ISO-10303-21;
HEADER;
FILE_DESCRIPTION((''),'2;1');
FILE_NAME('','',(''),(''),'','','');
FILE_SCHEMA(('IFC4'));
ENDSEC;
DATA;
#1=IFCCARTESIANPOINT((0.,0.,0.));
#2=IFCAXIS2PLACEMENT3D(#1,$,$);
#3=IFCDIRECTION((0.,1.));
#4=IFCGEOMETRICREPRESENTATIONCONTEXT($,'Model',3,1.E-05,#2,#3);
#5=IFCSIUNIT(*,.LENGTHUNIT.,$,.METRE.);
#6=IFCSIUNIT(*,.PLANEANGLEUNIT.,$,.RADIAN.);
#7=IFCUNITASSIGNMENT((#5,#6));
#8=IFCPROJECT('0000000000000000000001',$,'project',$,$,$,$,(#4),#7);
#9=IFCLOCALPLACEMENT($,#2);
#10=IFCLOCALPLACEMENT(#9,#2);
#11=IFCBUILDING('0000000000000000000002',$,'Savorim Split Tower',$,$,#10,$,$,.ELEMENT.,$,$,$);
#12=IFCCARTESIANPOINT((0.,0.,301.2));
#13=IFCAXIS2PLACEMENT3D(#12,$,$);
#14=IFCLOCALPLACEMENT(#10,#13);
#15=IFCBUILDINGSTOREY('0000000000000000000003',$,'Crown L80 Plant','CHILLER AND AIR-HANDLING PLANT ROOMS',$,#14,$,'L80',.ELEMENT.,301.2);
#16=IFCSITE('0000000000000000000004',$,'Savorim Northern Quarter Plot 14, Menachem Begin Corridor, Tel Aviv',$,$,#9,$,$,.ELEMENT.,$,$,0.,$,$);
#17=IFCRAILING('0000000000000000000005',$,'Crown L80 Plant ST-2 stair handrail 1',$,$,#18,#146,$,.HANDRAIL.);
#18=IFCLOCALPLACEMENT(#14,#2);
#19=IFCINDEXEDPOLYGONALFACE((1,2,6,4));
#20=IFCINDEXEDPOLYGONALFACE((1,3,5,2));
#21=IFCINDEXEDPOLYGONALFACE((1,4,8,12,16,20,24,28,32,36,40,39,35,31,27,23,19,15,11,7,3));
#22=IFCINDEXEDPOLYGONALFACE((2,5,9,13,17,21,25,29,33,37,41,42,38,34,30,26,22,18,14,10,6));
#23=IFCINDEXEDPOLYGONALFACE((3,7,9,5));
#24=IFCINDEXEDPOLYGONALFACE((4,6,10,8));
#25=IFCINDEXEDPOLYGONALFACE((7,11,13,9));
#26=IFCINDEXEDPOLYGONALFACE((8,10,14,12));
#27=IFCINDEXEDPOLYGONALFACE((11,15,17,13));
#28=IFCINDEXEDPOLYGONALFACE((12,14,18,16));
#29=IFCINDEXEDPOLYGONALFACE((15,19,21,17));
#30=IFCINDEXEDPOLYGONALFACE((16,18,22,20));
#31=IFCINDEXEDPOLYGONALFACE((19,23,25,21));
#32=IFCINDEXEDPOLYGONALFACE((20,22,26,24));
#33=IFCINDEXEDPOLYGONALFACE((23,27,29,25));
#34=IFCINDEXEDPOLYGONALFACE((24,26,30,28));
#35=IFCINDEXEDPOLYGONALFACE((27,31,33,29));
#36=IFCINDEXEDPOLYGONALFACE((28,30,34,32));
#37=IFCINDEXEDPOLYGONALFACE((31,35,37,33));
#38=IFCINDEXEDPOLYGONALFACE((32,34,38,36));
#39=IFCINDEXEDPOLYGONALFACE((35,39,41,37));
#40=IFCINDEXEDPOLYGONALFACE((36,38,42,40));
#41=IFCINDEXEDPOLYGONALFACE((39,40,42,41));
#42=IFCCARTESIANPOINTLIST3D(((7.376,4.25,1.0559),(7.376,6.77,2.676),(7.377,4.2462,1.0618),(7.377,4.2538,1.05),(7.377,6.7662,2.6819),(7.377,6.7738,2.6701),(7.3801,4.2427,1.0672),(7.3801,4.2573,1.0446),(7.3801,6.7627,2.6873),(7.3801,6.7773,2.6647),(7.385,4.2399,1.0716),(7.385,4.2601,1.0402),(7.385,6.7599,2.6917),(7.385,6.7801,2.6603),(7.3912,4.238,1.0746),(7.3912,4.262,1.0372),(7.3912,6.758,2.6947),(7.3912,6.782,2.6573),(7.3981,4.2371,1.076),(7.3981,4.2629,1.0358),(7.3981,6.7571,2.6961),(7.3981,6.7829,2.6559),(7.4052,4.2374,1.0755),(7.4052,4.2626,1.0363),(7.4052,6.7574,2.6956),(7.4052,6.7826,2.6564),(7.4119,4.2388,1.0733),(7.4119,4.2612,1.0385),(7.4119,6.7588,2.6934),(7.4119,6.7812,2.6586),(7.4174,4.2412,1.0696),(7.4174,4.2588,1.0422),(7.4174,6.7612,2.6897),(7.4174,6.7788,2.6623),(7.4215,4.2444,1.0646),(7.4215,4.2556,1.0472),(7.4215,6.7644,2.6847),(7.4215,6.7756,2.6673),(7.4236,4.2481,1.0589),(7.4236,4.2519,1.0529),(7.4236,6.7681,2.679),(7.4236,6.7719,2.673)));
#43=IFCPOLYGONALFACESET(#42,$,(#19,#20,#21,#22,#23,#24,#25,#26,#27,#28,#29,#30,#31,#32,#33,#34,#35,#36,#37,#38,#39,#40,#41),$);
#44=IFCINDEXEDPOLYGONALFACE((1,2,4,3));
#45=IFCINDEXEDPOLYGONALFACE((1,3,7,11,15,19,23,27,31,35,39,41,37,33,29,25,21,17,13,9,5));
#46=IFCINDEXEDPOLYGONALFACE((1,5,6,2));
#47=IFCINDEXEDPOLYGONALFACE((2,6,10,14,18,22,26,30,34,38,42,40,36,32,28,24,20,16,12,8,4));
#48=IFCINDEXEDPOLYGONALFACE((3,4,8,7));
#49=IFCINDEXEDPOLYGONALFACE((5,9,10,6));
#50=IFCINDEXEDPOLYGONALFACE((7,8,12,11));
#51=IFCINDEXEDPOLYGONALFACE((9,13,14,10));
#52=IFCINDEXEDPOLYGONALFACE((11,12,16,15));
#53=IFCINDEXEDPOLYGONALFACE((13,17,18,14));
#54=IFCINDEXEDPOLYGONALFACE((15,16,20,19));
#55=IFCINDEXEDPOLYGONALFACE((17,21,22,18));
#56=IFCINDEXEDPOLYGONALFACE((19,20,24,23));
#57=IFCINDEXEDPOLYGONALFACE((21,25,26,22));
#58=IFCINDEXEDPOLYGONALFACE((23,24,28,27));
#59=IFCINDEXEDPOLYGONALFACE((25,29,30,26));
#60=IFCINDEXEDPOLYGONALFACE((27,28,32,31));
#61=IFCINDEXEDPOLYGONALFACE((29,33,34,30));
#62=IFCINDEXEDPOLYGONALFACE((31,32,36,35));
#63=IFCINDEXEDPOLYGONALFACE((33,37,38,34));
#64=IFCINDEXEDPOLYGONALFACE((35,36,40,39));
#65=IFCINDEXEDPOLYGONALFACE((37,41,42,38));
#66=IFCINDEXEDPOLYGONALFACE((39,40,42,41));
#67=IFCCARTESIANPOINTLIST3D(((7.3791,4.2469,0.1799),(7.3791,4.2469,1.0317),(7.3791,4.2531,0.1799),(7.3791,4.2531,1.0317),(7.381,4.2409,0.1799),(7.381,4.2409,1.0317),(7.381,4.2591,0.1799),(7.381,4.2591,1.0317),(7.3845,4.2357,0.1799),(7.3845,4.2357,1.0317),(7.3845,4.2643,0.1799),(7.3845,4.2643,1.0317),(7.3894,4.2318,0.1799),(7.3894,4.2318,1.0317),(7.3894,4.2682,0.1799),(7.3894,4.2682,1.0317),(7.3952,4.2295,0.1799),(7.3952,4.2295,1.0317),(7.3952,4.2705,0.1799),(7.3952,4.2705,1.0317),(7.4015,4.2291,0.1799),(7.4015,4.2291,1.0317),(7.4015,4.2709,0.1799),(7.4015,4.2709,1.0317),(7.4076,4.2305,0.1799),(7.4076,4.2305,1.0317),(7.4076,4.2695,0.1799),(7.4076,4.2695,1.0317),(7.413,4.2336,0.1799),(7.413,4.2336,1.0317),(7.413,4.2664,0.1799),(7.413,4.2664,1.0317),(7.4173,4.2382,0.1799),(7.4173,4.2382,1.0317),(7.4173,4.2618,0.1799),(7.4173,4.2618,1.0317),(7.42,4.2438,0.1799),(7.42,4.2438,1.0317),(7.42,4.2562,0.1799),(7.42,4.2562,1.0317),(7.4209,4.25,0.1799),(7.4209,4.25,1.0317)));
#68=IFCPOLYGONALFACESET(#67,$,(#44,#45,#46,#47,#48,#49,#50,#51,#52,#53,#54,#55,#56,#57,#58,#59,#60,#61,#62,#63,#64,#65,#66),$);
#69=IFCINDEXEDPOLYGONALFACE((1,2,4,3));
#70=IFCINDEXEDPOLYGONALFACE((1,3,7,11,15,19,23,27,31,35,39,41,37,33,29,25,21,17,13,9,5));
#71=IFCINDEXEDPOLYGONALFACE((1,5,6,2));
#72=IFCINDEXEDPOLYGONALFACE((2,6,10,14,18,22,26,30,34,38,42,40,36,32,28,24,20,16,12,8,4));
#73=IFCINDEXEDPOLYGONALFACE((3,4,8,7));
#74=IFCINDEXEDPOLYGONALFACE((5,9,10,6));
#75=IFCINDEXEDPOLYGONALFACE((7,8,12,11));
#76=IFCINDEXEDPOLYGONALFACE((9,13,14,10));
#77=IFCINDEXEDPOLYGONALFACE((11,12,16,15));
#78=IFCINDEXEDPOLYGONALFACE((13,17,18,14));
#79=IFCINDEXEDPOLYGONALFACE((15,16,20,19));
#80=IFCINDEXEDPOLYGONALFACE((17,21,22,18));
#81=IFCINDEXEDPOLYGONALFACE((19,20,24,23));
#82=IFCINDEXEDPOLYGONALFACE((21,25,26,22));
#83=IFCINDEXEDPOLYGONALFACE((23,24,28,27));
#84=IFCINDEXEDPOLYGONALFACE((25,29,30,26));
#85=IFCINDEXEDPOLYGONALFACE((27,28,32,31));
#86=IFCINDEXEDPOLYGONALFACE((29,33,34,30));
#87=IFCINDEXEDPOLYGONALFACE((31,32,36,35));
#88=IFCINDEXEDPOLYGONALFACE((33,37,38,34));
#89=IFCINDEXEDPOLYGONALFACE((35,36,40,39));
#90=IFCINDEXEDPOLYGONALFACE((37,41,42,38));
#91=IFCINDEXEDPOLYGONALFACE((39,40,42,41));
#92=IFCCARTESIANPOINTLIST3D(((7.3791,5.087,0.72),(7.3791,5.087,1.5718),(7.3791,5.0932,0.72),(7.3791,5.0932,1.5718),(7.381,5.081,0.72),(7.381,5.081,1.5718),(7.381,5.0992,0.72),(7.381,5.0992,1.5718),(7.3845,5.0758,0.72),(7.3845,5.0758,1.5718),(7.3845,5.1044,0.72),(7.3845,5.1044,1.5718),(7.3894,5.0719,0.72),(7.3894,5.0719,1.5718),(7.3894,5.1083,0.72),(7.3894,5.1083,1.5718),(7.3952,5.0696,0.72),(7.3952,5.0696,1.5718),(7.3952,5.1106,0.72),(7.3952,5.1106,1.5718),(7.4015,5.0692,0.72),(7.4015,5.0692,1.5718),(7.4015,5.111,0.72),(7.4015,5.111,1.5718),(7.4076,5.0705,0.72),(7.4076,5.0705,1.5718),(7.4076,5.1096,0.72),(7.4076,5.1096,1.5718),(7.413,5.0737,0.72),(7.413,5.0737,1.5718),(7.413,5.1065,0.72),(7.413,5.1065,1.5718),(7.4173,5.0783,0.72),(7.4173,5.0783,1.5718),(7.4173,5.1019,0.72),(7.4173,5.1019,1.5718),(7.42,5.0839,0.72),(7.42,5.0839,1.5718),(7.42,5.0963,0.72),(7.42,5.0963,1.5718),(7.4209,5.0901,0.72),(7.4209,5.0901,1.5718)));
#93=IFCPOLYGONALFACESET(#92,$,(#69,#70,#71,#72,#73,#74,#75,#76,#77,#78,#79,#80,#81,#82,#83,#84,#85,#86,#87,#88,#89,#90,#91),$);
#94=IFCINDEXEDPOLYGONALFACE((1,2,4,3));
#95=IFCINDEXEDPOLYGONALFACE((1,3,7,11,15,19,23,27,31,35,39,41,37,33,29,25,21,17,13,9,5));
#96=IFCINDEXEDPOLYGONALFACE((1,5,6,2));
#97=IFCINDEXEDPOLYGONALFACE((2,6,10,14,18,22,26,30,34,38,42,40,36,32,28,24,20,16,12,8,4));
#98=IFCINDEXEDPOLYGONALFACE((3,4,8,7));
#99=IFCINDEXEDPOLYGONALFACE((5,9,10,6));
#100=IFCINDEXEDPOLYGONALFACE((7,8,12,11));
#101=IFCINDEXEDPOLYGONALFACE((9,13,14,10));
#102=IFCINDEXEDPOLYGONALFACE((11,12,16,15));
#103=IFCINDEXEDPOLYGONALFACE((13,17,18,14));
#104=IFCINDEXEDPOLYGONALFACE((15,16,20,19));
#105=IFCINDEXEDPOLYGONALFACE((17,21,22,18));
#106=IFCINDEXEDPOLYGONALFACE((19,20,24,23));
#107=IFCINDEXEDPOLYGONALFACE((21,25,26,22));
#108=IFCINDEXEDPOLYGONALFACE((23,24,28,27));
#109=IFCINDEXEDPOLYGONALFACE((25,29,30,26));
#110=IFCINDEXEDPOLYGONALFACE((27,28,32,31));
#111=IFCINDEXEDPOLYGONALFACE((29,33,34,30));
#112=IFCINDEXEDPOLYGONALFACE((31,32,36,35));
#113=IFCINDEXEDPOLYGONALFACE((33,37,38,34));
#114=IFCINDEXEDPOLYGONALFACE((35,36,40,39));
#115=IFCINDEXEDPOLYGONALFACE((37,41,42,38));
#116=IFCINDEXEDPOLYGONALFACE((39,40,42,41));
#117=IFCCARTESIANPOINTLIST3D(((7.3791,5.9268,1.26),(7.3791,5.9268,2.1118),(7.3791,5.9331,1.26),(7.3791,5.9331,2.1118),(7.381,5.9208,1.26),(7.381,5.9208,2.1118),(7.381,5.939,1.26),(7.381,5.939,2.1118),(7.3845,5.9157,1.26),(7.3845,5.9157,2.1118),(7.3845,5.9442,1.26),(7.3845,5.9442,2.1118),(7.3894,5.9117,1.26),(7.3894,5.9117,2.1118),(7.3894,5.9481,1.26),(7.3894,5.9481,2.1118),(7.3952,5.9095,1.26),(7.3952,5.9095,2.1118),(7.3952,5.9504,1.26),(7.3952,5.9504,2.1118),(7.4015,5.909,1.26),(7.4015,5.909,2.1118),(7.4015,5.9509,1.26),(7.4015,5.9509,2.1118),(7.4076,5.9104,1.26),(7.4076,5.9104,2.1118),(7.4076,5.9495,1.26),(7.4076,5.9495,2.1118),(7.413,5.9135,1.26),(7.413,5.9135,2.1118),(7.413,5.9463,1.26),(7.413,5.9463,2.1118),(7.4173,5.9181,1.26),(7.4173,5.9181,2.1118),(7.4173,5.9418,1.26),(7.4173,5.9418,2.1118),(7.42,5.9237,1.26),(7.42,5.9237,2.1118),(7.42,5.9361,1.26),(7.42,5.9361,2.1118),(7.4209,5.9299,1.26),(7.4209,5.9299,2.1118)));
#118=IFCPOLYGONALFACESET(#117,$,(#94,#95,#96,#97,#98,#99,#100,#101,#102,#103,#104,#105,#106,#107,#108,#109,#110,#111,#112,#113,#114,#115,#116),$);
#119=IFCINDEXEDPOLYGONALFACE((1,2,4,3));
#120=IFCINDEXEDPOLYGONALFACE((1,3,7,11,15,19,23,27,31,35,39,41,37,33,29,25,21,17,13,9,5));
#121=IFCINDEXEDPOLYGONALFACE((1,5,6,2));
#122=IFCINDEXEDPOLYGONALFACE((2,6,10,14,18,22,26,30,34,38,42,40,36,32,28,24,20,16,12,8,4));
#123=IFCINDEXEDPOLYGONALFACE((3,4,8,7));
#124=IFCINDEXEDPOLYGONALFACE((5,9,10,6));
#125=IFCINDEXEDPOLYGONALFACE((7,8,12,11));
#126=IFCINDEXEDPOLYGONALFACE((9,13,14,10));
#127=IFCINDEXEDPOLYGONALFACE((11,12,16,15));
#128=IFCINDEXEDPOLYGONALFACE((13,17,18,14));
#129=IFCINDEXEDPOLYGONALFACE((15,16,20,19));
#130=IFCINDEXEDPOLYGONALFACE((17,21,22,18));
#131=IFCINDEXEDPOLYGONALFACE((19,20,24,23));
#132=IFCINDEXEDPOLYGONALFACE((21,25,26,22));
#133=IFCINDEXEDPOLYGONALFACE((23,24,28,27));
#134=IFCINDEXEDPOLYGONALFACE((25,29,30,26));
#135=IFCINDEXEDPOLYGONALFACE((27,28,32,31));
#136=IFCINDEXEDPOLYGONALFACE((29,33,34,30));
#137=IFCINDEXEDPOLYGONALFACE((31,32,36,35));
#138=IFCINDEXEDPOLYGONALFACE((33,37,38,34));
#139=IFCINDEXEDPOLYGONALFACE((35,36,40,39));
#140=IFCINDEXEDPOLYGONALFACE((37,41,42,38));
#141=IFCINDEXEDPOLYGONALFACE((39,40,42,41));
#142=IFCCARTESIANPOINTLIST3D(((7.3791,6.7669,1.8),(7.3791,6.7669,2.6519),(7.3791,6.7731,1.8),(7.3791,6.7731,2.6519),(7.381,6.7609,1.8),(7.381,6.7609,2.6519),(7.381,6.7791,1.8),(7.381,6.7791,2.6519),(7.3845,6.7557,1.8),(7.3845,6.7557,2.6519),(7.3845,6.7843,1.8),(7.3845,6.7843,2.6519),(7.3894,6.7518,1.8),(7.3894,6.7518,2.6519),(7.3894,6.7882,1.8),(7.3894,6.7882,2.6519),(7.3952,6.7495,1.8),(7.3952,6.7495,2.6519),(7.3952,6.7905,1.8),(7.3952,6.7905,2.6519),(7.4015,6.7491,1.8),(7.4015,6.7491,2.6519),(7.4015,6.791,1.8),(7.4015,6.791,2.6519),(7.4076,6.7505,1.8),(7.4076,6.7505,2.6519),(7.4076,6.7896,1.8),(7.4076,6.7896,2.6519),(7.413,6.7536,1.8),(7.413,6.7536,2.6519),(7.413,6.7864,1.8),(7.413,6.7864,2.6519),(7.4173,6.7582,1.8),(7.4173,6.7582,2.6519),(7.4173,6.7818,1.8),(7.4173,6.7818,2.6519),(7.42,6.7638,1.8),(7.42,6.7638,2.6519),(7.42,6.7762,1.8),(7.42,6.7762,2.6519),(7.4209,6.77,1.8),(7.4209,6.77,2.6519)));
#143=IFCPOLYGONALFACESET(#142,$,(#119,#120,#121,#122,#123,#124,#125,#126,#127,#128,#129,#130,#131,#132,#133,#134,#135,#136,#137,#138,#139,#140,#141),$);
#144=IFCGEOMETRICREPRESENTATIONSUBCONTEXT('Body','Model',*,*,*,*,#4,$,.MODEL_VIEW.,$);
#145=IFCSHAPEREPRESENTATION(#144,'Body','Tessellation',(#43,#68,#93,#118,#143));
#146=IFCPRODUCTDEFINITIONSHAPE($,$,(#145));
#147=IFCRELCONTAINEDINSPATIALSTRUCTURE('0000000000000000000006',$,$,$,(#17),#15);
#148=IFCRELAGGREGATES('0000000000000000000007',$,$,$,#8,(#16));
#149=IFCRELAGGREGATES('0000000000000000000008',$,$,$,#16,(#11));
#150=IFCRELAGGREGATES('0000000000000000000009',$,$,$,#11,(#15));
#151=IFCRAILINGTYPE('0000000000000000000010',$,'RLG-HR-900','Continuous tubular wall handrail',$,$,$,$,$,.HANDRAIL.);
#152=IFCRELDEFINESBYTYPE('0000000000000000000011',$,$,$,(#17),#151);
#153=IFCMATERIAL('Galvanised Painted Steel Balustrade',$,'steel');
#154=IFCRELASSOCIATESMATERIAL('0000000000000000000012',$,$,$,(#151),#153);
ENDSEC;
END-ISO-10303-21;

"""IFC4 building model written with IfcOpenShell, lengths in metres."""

from ifc_helpers import new_model, si_unit, direction, frame, origin, origin_2d, place, context, subcontext, project, spatial, circle, extrude, material, type_object, element, save


model = new_model("IFC4")

# Units and contexts
model_context = context("Model", 3, precision=1e-05, world=origin(), true_north=direction((0.0, 1.0)))
body_context = subcontext(model_context, "Body", "Model", "MODEL_VIEW")
ifc_project = project(units=[si_unit("LENGTHUNIT", "METRE"), si_unit("PLANEANGLEUNIT", "RADIAN")], contexts=[model_context])

# Site, building, storey
site_placement = place(None, origin())
site = spatial("IfcSite", under=ifc_project, at=site_placement, Name="Savorim Northern Quarter Plot 14, Menachem Begin Corridor, Tel Aviv", CompositionType="ELEMENT", RefElevation=0.0)
building_placement = place(site_placement, origin())
building = spatial("IfcBuilding", under=site, at=building_placement, Name="Savorim Split Tower", CompositionType="ELEMENT")
storey_placement = place(building_placement, frame((0.0, 0.0, 301.2)))
storey = spatial("IfcBuildingStorey", under=building, at=storey_placement, Name="Crown L80 Plant", Description="CHILLER AND AIR-HANDLING PLANT ROOMS", LongName="L80", CompositionType="ELEMENT", Elevation=301.2)

# Railing
ifc_material_1 = material(Name="Galvanised Painted Steel Balustrade", Category="steel")
railing_type_1 = type_object("IfcRailingType", Name="RLG-HR-900", Description="Continuous tubular wall handrail", PredefinedType="HANDRAIL", material=ifc_material_1)
railing_1_placement = place(storey_placement, frame((7.3999, 4.25, 0.1799)))
element("IfcRailing", 1, at=railing_1_placement, inside=storey, type_object=railing_type_1, Name="Crown L80 Plant ST-2 stair handrail 1", PredefinedType="HANDRAIL", context=body_context, shape_type="SweptSolid", body=[
    extrude(circle(Radius=0.0239, at=origin_2d()), frame((0.0, 0.0, 0.876), z_axis=(0.0, 0.841163, 0.540782), x_axis=(-1.0, 0.0, 0.0)), (0.0, 0.0, 1.0), 2.9958),
    extrude(circle(Radius=0.021, at=origin_2d()), origin(), (0.0, 0.0, 1.0), 0.8518),
    extrude(circle(Radius=0.021, at=origin_2d()), frame((0.0, 0.8401, 0.54)), (0.0, 0.0, 1.0), 0.8518),
    extrude(circle(Radius=0.021, at=origin_2d()), frame((0.0, 1.6799, 1.0801)), (0.0, 0.0, 1.0), 0.8518),
    extrude(circle(Radius=0.021, at=origin_2d()), frame((0.0, 2.52, 1.6201)), (0.0, 0.0, 1.0), 0.8518),
])

save(model, "model.ifc")
